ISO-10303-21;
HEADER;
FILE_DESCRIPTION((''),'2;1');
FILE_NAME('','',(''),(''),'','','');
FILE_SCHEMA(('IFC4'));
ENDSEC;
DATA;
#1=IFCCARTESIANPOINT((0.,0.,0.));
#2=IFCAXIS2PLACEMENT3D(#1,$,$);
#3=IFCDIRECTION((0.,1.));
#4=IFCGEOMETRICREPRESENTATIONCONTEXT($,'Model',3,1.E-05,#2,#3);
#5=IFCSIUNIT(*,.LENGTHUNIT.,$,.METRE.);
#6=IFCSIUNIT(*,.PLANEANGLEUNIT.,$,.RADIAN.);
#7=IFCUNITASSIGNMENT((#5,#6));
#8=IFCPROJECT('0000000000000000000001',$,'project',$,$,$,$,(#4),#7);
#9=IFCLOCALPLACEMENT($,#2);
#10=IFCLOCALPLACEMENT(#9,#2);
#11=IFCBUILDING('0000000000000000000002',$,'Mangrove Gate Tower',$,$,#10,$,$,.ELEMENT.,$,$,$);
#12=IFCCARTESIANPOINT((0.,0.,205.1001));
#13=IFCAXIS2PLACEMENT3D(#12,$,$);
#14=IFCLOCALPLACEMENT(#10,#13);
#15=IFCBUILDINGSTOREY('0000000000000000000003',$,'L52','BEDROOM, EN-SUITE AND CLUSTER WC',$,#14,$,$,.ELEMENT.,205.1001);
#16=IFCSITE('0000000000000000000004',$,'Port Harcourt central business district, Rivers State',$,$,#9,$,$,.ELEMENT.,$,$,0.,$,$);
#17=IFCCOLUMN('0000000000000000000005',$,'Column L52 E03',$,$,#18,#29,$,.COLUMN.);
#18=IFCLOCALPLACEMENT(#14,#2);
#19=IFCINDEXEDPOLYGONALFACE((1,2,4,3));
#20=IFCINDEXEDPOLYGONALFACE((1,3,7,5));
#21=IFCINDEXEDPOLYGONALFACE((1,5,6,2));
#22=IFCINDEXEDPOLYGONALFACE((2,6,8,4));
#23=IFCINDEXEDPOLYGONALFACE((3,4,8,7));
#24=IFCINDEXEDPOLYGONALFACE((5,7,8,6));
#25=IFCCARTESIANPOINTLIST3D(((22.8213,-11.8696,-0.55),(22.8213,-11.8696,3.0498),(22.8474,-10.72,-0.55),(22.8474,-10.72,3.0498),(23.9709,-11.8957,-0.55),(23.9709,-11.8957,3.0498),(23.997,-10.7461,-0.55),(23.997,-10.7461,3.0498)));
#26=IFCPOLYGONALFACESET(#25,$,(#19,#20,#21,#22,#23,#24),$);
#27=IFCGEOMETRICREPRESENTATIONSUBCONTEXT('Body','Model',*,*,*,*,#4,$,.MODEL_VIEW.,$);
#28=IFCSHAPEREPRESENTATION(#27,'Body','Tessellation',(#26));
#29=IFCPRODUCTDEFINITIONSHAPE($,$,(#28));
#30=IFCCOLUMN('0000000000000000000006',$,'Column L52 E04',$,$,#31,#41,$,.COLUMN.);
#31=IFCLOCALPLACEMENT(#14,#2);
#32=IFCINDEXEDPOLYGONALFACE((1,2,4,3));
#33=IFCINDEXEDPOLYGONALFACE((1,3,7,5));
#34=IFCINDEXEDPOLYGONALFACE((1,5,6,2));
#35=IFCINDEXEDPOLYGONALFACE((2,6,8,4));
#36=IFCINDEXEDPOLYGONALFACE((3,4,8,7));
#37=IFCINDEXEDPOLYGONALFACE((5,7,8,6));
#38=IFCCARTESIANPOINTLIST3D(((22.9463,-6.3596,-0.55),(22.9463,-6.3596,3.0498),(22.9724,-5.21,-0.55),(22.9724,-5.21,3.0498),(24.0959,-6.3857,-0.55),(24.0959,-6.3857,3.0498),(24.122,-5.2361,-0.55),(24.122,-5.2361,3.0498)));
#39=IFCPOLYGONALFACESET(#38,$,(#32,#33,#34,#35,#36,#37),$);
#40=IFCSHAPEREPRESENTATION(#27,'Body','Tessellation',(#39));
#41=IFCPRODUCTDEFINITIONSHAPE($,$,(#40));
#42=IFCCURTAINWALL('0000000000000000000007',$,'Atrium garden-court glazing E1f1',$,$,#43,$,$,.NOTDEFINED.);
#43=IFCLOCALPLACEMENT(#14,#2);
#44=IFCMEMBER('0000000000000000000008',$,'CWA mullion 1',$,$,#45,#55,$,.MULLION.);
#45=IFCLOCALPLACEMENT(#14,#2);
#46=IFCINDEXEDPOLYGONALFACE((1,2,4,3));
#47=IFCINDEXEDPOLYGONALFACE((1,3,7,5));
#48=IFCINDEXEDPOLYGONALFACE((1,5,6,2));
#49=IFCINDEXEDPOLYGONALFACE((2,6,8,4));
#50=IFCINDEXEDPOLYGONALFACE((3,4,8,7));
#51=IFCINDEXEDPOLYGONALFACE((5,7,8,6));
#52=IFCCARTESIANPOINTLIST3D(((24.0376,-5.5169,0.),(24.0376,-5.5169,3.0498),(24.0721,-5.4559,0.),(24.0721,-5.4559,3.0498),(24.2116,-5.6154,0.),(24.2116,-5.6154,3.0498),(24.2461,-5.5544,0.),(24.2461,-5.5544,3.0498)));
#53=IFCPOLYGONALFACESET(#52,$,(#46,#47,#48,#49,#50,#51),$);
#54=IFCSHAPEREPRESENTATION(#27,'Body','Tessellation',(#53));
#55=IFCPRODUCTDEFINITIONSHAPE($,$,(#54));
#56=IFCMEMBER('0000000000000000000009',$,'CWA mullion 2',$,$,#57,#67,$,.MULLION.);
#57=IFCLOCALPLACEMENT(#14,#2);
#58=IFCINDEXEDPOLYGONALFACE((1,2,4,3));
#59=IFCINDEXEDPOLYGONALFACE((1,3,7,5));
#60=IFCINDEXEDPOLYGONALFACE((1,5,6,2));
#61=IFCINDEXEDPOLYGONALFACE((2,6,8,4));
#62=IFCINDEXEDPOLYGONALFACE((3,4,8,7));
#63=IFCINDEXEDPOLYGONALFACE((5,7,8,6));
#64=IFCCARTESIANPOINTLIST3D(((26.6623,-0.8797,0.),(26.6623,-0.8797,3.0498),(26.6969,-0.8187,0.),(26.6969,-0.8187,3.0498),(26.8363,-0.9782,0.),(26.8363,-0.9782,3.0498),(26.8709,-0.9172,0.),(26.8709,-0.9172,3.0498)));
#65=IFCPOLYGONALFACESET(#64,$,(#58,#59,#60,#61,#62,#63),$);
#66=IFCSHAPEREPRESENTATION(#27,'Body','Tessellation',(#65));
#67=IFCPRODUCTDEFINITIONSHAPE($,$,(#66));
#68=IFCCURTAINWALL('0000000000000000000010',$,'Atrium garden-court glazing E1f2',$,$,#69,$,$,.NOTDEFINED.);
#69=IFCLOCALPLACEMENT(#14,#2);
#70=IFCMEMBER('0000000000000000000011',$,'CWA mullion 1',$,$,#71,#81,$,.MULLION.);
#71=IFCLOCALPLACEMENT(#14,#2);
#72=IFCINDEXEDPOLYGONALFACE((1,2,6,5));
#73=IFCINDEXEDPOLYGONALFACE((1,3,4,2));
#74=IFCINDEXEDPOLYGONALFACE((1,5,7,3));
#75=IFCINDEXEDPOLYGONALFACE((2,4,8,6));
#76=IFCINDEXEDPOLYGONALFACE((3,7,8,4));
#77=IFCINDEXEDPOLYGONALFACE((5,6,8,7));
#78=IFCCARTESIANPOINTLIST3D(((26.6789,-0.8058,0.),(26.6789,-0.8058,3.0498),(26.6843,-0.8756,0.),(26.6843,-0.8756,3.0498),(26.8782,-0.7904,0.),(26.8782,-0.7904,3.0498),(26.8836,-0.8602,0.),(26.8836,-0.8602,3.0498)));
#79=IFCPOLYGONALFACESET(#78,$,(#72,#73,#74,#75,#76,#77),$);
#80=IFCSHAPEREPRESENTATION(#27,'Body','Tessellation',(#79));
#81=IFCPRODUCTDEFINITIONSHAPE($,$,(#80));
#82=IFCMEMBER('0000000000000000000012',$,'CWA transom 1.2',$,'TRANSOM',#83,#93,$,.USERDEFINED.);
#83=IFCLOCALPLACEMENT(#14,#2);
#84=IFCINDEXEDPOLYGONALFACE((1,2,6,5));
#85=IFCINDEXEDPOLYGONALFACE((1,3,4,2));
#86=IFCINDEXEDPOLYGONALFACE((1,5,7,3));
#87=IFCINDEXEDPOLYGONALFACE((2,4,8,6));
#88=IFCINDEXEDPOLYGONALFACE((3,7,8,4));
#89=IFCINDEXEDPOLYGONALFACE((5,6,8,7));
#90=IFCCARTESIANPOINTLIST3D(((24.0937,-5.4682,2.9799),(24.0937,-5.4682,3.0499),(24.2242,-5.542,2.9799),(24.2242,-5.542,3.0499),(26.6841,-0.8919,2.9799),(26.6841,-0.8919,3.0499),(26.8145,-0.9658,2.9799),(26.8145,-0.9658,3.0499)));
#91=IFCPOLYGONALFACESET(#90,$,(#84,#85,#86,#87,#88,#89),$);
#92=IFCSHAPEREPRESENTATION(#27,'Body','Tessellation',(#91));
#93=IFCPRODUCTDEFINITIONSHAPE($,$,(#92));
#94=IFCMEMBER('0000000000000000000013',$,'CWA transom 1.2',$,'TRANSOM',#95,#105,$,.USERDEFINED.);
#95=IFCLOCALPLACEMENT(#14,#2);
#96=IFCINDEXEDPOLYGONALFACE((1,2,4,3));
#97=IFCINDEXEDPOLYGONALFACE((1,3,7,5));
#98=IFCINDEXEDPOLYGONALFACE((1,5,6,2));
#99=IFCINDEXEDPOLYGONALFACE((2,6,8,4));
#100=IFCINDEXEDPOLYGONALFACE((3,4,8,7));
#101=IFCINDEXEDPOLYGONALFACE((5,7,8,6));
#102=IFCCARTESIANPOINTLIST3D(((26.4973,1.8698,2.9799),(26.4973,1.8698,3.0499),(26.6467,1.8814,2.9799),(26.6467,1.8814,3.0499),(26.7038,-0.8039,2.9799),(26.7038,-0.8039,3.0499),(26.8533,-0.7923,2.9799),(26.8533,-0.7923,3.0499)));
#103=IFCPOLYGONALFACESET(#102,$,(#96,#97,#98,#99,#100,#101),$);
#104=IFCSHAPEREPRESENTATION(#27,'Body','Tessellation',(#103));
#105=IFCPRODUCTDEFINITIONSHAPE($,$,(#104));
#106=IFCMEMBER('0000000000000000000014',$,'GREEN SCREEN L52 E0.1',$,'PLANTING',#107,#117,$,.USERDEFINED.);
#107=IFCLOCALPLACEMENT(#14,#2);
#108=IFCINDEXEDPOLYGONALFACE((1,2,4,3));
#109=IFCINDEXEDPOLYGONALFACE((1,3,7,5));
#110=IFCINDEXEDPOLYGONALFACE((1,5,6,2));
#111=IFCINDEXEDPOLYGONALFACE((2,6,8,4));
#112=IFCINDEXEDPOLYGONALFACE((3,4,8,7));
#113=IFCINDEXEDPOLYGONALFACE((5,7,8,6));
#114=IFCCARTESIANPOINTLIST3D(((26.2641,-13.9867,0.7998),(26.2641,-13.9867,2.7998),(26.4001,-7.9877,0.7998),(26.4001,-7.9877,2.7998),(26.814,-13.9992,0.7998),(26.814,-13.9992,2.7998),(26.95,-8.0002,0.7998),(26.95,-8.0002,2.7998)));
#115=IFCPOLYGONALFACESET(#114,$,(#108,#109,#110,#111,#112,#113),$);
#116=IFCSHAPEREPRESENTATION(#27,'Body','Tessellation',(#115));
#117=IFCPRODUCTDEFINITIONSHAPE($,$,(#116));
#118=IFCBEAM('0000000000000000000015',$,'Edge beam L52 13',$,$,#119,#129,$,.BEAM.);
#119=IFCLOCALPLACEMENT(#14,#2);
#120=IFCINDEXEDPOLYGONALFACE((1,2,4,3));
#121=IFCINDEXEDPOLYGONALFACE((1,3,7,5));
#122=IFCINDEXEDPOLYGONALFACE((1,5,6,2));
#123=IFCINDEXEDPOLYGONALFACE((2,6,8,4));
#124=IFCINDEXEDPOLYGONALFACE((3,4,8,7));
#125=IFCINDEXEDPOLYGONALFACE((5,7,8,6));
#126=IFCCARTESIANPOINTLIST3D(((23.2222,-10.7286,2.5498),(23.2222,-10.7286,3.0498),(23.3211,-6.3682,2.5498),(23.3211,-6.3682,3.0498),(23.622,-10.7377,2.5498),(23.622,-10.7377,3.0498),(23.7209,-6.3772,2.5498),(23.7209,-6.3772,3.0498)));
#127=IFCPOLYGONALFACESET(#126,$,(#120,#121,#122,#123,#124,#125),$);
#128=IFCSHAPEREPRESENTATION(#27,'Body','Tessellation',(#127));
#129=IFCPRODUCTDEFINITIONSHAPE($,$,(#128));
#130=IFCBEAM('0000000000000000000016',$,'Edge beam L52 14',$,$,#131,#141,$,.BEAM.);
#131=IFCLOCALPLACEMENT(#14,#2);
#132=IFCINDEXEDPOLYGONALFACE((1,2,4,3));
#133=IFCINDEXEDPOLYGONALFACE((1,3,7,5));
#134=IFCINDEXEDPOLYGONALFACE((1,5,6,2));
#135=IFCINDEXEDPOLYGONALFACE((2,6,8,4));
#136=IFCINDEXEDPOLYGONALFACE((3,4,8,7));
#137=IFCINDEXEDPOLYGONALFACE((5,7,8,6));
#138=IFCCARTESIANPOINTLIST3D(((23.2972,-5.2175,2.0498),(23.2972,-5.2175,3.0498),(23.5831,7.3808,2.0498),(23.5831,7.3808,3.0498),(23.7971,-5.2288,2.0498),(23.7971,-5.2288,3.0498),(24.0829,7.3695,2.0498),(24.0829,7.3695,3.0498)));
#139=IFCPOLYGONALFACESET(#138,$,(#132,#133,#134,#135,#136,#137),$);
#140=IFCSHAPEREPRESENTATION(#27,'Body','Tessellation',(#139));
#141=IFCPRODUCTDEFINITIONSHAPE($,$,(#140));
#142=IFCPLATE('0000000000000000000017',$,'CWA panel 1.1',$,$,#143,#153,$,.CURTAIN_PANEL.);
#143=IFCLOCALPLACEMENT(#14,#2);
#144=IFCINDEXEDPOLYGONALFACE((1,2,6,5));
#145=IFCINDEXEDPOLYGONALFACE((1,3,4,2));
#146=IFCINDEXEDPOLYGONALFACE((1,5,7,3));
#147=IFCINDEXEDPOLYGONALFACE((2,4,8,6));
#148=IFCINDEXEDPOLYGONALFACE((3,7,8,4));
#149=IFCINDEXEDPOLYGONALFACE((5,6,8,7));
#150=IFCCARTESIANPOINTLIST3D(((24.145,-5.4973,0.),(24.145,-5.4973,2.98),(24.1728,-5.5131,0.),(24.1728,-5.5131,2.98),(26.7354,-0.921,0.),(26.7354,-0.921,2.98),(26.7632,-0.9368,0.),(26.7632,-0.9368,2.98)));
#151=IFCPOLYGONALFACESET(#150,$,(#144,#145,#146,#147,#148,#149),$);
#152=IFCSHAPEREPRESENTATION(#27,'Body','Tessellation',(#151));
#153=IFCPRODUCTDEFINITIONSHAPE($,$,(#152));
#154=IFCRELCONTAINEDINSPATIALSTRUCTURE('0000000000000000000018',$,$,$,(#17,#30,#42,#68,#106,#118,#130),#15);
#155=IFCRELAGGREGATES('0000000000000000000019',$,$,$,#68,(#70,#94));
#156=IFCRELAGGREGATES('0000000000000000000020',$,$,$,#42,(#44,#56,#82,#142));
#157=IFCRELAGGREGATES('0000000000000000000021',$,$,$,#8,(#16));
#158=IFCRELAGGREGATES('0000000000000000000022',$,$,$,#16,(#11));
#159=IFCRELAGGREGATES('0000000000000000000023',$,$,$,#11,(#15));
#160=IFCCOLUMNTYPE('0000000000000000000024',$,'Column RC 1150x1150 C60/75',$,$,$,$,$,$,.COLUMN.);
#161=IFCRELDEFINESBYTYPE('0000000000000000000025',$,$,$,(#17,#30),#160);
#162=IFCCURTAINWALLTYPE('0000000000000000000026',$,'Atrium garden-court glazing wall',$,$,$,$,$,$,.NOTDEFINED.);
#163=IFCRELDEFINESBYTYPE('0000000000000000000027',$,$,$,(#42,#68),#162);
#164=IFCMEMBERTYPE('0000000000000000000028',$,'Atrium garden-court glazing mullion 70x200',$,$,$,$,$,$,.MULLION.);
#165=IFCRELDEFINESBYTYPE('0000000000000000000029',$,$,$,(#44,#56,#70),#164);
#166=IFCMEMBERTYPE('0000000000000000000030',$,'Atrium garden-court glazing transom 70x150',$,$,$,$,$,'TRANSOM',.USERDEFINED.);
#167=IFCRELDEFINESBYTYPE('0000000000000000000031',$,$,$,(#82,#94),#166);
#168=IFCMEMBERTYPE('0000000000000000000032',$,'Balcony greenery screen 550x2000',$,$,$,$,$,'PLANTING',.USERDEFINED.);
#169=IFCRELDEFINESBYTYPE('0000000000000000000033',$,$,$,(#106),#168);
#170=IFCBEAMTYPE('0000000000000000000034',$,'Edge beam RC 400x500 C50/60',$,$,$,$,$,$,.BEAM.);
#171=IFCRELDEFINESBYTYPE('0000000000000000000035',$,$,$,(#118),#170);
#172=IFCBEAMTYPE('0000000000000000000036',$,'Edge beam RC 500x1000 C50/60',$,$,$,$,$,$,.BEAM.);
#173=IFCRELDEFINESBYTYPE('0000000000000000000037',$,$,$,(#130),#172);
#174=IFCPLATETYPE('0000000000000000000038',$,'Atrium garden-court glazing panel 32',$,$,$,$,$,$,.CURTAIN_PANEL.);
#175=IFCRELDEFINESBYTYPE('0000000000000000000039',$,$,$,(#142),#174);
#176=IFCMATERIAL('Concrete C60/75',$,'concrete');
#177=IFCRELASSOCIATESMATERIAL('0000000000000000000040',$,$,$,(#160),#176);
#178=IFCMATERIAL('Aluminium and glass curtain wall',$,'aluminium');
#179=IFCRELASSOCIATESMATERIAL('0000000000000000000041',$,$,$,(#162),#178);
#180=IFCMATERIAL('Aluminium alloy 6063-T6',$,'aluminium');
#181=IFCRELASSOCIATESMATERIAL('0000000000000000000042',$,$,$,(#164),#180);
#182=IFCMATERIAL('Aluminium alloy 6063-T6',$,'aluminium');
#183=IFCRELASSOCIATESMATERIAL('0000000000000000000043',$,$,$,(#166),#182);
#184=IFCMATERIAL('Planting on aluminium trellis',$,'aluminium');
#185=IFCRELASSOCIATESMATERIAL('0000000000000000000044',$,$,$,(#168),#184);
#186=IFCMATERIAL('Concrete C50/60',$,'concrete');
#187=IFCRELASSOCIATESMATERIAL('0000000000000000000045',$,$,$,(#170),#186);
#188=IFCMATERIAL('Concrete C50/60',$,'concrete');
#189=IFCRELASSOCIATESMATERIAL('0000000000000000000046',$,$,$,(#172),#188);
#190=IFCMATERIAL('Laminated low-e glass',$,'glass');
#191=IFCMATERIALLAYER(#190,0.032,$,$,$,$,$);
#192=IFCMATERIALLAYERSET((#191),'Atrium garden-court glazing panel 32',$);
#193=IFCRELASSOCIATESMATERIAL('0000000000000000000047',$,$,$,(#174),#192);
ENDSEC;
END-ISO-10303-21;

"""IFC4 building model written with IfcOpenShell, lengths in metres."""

from ifc_helpers import new_model, si_unit, direction, frame, origin, origin_2d, place, context, subcontext, project, spatial, rectangle, extrude, material, layer, layer_set, material_profile, profile_set, type_object, element, aggregate, save


model = new_model("IFC4")

# Units and contexts
model_context = context("Model", 3, precision=1e-05, world=origin(), true_north=direction((0.0, 1.0)))
body_context = subcontext(model_context, "Body", "Model", "MODEL_VIEW")
ifc_project = project(units=[si_unit("LENGTHUNIT", "METRE"), si_unit("PLANEANGLEUNIT", "RADIAN")], contexts=[model_context])

# Site, building, storey
site_placement = place(None, origin())
site = spatial("IfcSite", under=ifc_project, at=site_placement, Name="Port Harcourt central business district, Rivers State", CompositionType="ELEMENT", RefElevation=0.0)
building_placement = place(site_placement, origin())
building = spatial("IfcBuilding", under=site, at=building_placement, Name="Mangrove Gate Tower", CompositionType="ELEMENT")
storey_placement = place(building_placement, frame((0.0, 0.0, 205.1001)))
storey = spatial("IfcBuildingStorey", under=building, at=storey_placement, Name="L52", Description="BEDROOM, EN-SUITE AND CLUSTER WC", CompositionType="ELEMENT", Elevation=205.1001)

# Columns
ifc_material_1 = material(Name="Concrete C60/75", Category="concrete")
ifc_material_profile_1 = material_profile(ifc_material_1, rectangle(XDim=1.1499, YDim=1.1499, at=origin_2d()))
ifc_profile_set_1 = profile_set([ifc_material_profile_1], Name="Concrete C60/75")
column_type = type_object("IfcColumnType", Name="Column RC 1150x1150 C60/75", PredefinedType="COLUMN", material=ifc_profile_set_1)
for number, where, z_axis, x_axis, name in (
    (1, (23.4092, -11.3079, -0.55), (0.0, 0.0, 1.0), (0.022678, 0.999743, 0.0), "Column L52 E03"),
    (2, (23.5342, -5.7979, -0.55), (0.0, 0.0, 1.0), (0.022686, 0.999743, 0.0), "Column L52 E04"),
):
    element("IfcColumn", number, at=place(storey_placement, frame(where, z_axis=z_axis, x_axis=x_axis)), inside=storey, type_object=column_type, Name=name, PredefinedType="COLUMN", context=body_context, shape_type="SweptSolid", body=[
        extrude(rectangle(XDim=1.1499, YDim=1.1499, at=origin_2d()), origin(), (0.0, 0.0, 1.0), 3.5999),
    ])

# Curtain wall, members
ifc_material_2 = material(Name="Aluminium and glass curtain wall", Category="aluminium")
curtain_wall_type = type_object("IfcCurtainWallType", Name="Atrium garden-court glazing wall", PredefinedType="NOTDEFINED", material=ifc_material_2)
curtain_wall_1_placement = place(storey_placement, origin())
curtain_wall_1 = element("IfcCurtainWall", 3, at=curtain_wall_1_placement, inside=storey, type_object=curtain_wall_type, Name="Atrium garden-court glazing E1f1", PredefinedType="NOTDEFINED")
ifc_material_3 = material(Name="Aluminium alloy 6063-T6", Category="aluminium")
ifc_material_profile_2 = material_profile(ifc_material_3, rectangle(XDim=0.0701, YDim=0.2, at=origin_2d()))
ifc_profile_set_2 = profile_set([ifc_material_profile_2], Name="Aluminium alloy 6063-T6")
member_type_1 = type_object("IfcMemberType", Name="Atrium garden-court glazing mullion 70x200", PredefinedType="MULLION", material=ifc_profile_set_2)
member_1_placement = place(storey_placement, frame((24.1418, -5.5356, 0.0), z_axis=(0.0, 0.0, 1.0), x_axis=(0.4926, 0.870256, 0.0)))
member_1 = element("IfcMember", 4, at=member_1_placement, type_object=member_type_1, Name="CWA mullion 1", PredefinedType="MULLION", context=body_context, shape_type="SweptSolid", body=[
    extrude(rectangle(XDim=0.0701, YDim=0.2, at=origin_2d()), origin(), (0.0, 0.0, 1.0), 3.0498),
])
member_2_placement = place(storey_placement, frame((26.7666, -0.8984, 0.0), z_axis=(0.0, 0.0, 1.0), x_axis=(0.4926, 0.870256, 0.0)))
member_2 = element("IfcMember", 5, at=member_2_placement, type_object=member_type_1, Name="CWA mullion 2", PredefinedType="MULLION", context=body_context, shape_type="SweptSolid", body=[
    extrude(rectangle(XDim=0.0701, YDim=0.2, at=origin_2d()), origin(), (0.0, 0.0, 1.0), 3.0498),
])

# Curtain wall, member
curtain_wall_2_placement = place(storey_placement, origin())
curtain_wall_2 = element("IfcCurtainWall", 6, at=curtain_wall_2_placement, inside=storey, type_object=curtain_wall_type, Name="Atrium garden-court glazing E1f2", PredefinedType="NOTDEFINED")
member_3_placement = place(storey_placement, frame((26.7812, -0.833, 0.0), z_axis=(0.0, 0.0, 1.0), x_axis=(-0.077023, 0.997029, 0.0)))
member_3 = element("IfcMember", 7, at=member_3_placement, type_object=member_type_1, Name="CWA mullion 1", PredefinedType="MULLION", context=body_context, shape_type="SweptSolid", body=[
    extrude(rectangle(XDim=0.0701, YDim=0.2, at=origin_2d()), origin(), (0.0, 0.0, 1.0), 3.0498),
])

# Members
ifc_material_4 = material(Name="Aluminium alloy 6063-T6", Category="aluminium")
ifc_material_profile_3 = material_profile(ifc_material_4, rectangle(XDim=0.0701, YDim=0.1499, at=origin_2d()))
ifc_profile_set_3 = profile_set([ifc_material_profile_3], Name="Aluminium alloy 6063-T6")
member_type_2 = type_object("IfcMemberType", Name="Atrium garden-court glazing transom 70x150", ElementType="TRANSOM", PredefinedType="USERDEFINED", material=ifc_profile_set_3)
member_4_placement = place(storey_placement, frame((24.1589, -5.5051, 3.0149), z_axis=(0.492605, 0.870253, 0.0), x_axis=(0.0, 0.0, 1.0)))
member_4 = element("IfcMember", 8, at=member_4_placement, type_object=member_type_2, Name="CWA transom 1.2", ObjectType="TRANSOM", PredefinedType="USERDEFINED", context=body_context, shape_type="SweptSolid", body=[
    extrude(rectangle(XDim=0.0701, YDim=0.1499, at=origin_2d()), origin(), (0.0, 0.0, 1.0), 5.2585),
])
member_5_placement = place(storey_placement, frame((26.7786, -0.7981, 3.0149), z_axis=(-0.077024, 0.997029, 0.0), x_axis=(0.0, 0.0, 1.0)))
member_5 = element("IfcMember", 9, at=member_5_placement, type_object=member_type_2, Name="CWA transom 1.2", ObjectType="TRANSOM", PredefinedType="USERDEFINED", context=body_context, shape_type="SweptSolid", body=[
    extrude(rectangle(XDim=0.0701, YDim=0.1499, at=origin_2d()), origin(), (0.0, 0.0, 1.0), 2.6816),
])
aggregate(curtain_wall_2, [member_3, member_5])
ifc_material_5 = material(Name="Planting on aluminium trellis", Category="aluminium")
ifc_material_profile_4 = material_profile(ifc_material_5, rectangle(XDim=0.55, YDim=2.0, at=origin_2d()))
ifc_profile_set_4 = profile_set([ifc_material_profile_4], Name="Planting on aluminium trellis")
member_type_3 = type_object("IfcMemberType", Name="Balcony greenery screen 550x2000", ElementType="PLANTING", PredefinedType="USERDEFINED", material=ifc_profile_set_4)
member_6_placement = place(storey_placement, frame((26.5391, -13.9929, 1.7998), z_axis=(0.022662, 0.999743, 0.0), x_axis=(-0.999743, 0.022662, 0.0)))
element("IfcMember", 10, at=member_6_placement, inside=storey, type_object=member_type_3, Name="GREEN SCREEN L52 E0.1", ObjectType="PLANTING", PredefinedType="USERDEFINED", context=body_context, shape_type="SweptSolid", body=[
    extrude(rectangle(XDim=0.55, YDim=2.0, at=origin_2d()), origin(), (0.0, 0.0, 1.0), 6.0005),
])

# Beams
ifc_material_6 = material(Name="Concrete C50/60", Category="concrete")
ifc_material_profile_5 = material_profile(ifc_material_6, rectangle(XDim=0.3999, YDim=0.5, at=origin_2d()))
ifc_profile_set_5 = profile_set([ifc_material_profile_5], Name="Concrete C50/60")
beam_type_1 = type_object("IfcBeamType", Name="Edge beam RC 400x500 C50/60", PredefinedType="BEAM", material=ifc_profile_set_5)
beam_1_placement = place(storey_placement, frame((23.4221, -10.7332, 2.7998), z_axis=(0.022671, 0.999743, 0.0), x_axis=(-0.999743, 0.022671, 0.0)))
element("IfcBeam", 11, at=beam_1_placement, inside=storey, type_object=beam_type_1, Name="Edge beam L52 13", PredefinedType="BEAM", context=body_context, shape_type="SweptSolid", body=[
    extrude(rectangle(XDim=0.3999, YDim=0.5, at=origin_2d()), origin(), (0.0, 0.0, 1.0), 4.3616),
])
ifc_material_7 = material(Name="Concrete C50/60", Category="concrete")
ifc_material_profile_6 = material_profile(ifc_material_7, rectangle(XDim=0.5, YDim=1.0, at=origin_2d()))
ifc_profile_set_6 = profile_set([ifc_material_profile_6], Name="Concrete C50/60")
beam_type_2 = type_object("IfcBeamType", Name="Edge beam RC 500x1000 C50/60", PredefinedType="BEAM", material=ifc_profile_set_6)
beam_2_placement = place(storey_placement, frame((23.5471, -5.2231, 2.5498), z_axis=(0.022687, 0.999743, 0.0), x_axis=(-0.999743, 0.022687, 0.0)))
element("IfcBeam", 12, at=beam_2_placement, inside=storey, type_object=beam_type_2, Name="Edge beam L52 14", PredefinedType="BEAM", context=body_context, shape_type="SweptSolid", body=[
    extrude(rectangle(XDim=0.5, YDim=1.0, at=origin_2d()), origin(), (0.0, 0.0, 1.0), 12.6016),
])

# Plate
ifc_material_8 = material(Name="Laminated low-e glass", Category="glass")
ifc_layer_1 = layer(ifc_material_8, 0.032)
ifc_layer_set_1 = layer_set([ifc_layer_1], Name="Atrium garden-court glazing panel 32")
plate_type = type_object("IfcPlateType", Name="Atrium garden-court glazing panel 32", PredefinedType="CURTAIN_PANEL", material=ifc_layer_set_1)
plate_placement = place(storey_placement, frame((25.4541, -3.217, 0.0), z_axis=(0.0, 0.0, 1.0), x_axis=(0.4926, 0.870256, 0.0)))
plate = element("IfcPlate", 13, at=plate_placement, type_object=plate_type, Name="CWA panel 1.1", PredefinedType="CURTAIN_PANEL", context=body_context, shape_type="SweptSolid", body=[
    extrude(rectangle(XDim=5.2585, YDim=0.032, at=origin_2d()), origin(), (0.0, 0.0, 1.0), 2.98),
])
aggregate(curtain_wall_1, [member_1, member_2, member_4, plate])

save(model, "model.ifc")
